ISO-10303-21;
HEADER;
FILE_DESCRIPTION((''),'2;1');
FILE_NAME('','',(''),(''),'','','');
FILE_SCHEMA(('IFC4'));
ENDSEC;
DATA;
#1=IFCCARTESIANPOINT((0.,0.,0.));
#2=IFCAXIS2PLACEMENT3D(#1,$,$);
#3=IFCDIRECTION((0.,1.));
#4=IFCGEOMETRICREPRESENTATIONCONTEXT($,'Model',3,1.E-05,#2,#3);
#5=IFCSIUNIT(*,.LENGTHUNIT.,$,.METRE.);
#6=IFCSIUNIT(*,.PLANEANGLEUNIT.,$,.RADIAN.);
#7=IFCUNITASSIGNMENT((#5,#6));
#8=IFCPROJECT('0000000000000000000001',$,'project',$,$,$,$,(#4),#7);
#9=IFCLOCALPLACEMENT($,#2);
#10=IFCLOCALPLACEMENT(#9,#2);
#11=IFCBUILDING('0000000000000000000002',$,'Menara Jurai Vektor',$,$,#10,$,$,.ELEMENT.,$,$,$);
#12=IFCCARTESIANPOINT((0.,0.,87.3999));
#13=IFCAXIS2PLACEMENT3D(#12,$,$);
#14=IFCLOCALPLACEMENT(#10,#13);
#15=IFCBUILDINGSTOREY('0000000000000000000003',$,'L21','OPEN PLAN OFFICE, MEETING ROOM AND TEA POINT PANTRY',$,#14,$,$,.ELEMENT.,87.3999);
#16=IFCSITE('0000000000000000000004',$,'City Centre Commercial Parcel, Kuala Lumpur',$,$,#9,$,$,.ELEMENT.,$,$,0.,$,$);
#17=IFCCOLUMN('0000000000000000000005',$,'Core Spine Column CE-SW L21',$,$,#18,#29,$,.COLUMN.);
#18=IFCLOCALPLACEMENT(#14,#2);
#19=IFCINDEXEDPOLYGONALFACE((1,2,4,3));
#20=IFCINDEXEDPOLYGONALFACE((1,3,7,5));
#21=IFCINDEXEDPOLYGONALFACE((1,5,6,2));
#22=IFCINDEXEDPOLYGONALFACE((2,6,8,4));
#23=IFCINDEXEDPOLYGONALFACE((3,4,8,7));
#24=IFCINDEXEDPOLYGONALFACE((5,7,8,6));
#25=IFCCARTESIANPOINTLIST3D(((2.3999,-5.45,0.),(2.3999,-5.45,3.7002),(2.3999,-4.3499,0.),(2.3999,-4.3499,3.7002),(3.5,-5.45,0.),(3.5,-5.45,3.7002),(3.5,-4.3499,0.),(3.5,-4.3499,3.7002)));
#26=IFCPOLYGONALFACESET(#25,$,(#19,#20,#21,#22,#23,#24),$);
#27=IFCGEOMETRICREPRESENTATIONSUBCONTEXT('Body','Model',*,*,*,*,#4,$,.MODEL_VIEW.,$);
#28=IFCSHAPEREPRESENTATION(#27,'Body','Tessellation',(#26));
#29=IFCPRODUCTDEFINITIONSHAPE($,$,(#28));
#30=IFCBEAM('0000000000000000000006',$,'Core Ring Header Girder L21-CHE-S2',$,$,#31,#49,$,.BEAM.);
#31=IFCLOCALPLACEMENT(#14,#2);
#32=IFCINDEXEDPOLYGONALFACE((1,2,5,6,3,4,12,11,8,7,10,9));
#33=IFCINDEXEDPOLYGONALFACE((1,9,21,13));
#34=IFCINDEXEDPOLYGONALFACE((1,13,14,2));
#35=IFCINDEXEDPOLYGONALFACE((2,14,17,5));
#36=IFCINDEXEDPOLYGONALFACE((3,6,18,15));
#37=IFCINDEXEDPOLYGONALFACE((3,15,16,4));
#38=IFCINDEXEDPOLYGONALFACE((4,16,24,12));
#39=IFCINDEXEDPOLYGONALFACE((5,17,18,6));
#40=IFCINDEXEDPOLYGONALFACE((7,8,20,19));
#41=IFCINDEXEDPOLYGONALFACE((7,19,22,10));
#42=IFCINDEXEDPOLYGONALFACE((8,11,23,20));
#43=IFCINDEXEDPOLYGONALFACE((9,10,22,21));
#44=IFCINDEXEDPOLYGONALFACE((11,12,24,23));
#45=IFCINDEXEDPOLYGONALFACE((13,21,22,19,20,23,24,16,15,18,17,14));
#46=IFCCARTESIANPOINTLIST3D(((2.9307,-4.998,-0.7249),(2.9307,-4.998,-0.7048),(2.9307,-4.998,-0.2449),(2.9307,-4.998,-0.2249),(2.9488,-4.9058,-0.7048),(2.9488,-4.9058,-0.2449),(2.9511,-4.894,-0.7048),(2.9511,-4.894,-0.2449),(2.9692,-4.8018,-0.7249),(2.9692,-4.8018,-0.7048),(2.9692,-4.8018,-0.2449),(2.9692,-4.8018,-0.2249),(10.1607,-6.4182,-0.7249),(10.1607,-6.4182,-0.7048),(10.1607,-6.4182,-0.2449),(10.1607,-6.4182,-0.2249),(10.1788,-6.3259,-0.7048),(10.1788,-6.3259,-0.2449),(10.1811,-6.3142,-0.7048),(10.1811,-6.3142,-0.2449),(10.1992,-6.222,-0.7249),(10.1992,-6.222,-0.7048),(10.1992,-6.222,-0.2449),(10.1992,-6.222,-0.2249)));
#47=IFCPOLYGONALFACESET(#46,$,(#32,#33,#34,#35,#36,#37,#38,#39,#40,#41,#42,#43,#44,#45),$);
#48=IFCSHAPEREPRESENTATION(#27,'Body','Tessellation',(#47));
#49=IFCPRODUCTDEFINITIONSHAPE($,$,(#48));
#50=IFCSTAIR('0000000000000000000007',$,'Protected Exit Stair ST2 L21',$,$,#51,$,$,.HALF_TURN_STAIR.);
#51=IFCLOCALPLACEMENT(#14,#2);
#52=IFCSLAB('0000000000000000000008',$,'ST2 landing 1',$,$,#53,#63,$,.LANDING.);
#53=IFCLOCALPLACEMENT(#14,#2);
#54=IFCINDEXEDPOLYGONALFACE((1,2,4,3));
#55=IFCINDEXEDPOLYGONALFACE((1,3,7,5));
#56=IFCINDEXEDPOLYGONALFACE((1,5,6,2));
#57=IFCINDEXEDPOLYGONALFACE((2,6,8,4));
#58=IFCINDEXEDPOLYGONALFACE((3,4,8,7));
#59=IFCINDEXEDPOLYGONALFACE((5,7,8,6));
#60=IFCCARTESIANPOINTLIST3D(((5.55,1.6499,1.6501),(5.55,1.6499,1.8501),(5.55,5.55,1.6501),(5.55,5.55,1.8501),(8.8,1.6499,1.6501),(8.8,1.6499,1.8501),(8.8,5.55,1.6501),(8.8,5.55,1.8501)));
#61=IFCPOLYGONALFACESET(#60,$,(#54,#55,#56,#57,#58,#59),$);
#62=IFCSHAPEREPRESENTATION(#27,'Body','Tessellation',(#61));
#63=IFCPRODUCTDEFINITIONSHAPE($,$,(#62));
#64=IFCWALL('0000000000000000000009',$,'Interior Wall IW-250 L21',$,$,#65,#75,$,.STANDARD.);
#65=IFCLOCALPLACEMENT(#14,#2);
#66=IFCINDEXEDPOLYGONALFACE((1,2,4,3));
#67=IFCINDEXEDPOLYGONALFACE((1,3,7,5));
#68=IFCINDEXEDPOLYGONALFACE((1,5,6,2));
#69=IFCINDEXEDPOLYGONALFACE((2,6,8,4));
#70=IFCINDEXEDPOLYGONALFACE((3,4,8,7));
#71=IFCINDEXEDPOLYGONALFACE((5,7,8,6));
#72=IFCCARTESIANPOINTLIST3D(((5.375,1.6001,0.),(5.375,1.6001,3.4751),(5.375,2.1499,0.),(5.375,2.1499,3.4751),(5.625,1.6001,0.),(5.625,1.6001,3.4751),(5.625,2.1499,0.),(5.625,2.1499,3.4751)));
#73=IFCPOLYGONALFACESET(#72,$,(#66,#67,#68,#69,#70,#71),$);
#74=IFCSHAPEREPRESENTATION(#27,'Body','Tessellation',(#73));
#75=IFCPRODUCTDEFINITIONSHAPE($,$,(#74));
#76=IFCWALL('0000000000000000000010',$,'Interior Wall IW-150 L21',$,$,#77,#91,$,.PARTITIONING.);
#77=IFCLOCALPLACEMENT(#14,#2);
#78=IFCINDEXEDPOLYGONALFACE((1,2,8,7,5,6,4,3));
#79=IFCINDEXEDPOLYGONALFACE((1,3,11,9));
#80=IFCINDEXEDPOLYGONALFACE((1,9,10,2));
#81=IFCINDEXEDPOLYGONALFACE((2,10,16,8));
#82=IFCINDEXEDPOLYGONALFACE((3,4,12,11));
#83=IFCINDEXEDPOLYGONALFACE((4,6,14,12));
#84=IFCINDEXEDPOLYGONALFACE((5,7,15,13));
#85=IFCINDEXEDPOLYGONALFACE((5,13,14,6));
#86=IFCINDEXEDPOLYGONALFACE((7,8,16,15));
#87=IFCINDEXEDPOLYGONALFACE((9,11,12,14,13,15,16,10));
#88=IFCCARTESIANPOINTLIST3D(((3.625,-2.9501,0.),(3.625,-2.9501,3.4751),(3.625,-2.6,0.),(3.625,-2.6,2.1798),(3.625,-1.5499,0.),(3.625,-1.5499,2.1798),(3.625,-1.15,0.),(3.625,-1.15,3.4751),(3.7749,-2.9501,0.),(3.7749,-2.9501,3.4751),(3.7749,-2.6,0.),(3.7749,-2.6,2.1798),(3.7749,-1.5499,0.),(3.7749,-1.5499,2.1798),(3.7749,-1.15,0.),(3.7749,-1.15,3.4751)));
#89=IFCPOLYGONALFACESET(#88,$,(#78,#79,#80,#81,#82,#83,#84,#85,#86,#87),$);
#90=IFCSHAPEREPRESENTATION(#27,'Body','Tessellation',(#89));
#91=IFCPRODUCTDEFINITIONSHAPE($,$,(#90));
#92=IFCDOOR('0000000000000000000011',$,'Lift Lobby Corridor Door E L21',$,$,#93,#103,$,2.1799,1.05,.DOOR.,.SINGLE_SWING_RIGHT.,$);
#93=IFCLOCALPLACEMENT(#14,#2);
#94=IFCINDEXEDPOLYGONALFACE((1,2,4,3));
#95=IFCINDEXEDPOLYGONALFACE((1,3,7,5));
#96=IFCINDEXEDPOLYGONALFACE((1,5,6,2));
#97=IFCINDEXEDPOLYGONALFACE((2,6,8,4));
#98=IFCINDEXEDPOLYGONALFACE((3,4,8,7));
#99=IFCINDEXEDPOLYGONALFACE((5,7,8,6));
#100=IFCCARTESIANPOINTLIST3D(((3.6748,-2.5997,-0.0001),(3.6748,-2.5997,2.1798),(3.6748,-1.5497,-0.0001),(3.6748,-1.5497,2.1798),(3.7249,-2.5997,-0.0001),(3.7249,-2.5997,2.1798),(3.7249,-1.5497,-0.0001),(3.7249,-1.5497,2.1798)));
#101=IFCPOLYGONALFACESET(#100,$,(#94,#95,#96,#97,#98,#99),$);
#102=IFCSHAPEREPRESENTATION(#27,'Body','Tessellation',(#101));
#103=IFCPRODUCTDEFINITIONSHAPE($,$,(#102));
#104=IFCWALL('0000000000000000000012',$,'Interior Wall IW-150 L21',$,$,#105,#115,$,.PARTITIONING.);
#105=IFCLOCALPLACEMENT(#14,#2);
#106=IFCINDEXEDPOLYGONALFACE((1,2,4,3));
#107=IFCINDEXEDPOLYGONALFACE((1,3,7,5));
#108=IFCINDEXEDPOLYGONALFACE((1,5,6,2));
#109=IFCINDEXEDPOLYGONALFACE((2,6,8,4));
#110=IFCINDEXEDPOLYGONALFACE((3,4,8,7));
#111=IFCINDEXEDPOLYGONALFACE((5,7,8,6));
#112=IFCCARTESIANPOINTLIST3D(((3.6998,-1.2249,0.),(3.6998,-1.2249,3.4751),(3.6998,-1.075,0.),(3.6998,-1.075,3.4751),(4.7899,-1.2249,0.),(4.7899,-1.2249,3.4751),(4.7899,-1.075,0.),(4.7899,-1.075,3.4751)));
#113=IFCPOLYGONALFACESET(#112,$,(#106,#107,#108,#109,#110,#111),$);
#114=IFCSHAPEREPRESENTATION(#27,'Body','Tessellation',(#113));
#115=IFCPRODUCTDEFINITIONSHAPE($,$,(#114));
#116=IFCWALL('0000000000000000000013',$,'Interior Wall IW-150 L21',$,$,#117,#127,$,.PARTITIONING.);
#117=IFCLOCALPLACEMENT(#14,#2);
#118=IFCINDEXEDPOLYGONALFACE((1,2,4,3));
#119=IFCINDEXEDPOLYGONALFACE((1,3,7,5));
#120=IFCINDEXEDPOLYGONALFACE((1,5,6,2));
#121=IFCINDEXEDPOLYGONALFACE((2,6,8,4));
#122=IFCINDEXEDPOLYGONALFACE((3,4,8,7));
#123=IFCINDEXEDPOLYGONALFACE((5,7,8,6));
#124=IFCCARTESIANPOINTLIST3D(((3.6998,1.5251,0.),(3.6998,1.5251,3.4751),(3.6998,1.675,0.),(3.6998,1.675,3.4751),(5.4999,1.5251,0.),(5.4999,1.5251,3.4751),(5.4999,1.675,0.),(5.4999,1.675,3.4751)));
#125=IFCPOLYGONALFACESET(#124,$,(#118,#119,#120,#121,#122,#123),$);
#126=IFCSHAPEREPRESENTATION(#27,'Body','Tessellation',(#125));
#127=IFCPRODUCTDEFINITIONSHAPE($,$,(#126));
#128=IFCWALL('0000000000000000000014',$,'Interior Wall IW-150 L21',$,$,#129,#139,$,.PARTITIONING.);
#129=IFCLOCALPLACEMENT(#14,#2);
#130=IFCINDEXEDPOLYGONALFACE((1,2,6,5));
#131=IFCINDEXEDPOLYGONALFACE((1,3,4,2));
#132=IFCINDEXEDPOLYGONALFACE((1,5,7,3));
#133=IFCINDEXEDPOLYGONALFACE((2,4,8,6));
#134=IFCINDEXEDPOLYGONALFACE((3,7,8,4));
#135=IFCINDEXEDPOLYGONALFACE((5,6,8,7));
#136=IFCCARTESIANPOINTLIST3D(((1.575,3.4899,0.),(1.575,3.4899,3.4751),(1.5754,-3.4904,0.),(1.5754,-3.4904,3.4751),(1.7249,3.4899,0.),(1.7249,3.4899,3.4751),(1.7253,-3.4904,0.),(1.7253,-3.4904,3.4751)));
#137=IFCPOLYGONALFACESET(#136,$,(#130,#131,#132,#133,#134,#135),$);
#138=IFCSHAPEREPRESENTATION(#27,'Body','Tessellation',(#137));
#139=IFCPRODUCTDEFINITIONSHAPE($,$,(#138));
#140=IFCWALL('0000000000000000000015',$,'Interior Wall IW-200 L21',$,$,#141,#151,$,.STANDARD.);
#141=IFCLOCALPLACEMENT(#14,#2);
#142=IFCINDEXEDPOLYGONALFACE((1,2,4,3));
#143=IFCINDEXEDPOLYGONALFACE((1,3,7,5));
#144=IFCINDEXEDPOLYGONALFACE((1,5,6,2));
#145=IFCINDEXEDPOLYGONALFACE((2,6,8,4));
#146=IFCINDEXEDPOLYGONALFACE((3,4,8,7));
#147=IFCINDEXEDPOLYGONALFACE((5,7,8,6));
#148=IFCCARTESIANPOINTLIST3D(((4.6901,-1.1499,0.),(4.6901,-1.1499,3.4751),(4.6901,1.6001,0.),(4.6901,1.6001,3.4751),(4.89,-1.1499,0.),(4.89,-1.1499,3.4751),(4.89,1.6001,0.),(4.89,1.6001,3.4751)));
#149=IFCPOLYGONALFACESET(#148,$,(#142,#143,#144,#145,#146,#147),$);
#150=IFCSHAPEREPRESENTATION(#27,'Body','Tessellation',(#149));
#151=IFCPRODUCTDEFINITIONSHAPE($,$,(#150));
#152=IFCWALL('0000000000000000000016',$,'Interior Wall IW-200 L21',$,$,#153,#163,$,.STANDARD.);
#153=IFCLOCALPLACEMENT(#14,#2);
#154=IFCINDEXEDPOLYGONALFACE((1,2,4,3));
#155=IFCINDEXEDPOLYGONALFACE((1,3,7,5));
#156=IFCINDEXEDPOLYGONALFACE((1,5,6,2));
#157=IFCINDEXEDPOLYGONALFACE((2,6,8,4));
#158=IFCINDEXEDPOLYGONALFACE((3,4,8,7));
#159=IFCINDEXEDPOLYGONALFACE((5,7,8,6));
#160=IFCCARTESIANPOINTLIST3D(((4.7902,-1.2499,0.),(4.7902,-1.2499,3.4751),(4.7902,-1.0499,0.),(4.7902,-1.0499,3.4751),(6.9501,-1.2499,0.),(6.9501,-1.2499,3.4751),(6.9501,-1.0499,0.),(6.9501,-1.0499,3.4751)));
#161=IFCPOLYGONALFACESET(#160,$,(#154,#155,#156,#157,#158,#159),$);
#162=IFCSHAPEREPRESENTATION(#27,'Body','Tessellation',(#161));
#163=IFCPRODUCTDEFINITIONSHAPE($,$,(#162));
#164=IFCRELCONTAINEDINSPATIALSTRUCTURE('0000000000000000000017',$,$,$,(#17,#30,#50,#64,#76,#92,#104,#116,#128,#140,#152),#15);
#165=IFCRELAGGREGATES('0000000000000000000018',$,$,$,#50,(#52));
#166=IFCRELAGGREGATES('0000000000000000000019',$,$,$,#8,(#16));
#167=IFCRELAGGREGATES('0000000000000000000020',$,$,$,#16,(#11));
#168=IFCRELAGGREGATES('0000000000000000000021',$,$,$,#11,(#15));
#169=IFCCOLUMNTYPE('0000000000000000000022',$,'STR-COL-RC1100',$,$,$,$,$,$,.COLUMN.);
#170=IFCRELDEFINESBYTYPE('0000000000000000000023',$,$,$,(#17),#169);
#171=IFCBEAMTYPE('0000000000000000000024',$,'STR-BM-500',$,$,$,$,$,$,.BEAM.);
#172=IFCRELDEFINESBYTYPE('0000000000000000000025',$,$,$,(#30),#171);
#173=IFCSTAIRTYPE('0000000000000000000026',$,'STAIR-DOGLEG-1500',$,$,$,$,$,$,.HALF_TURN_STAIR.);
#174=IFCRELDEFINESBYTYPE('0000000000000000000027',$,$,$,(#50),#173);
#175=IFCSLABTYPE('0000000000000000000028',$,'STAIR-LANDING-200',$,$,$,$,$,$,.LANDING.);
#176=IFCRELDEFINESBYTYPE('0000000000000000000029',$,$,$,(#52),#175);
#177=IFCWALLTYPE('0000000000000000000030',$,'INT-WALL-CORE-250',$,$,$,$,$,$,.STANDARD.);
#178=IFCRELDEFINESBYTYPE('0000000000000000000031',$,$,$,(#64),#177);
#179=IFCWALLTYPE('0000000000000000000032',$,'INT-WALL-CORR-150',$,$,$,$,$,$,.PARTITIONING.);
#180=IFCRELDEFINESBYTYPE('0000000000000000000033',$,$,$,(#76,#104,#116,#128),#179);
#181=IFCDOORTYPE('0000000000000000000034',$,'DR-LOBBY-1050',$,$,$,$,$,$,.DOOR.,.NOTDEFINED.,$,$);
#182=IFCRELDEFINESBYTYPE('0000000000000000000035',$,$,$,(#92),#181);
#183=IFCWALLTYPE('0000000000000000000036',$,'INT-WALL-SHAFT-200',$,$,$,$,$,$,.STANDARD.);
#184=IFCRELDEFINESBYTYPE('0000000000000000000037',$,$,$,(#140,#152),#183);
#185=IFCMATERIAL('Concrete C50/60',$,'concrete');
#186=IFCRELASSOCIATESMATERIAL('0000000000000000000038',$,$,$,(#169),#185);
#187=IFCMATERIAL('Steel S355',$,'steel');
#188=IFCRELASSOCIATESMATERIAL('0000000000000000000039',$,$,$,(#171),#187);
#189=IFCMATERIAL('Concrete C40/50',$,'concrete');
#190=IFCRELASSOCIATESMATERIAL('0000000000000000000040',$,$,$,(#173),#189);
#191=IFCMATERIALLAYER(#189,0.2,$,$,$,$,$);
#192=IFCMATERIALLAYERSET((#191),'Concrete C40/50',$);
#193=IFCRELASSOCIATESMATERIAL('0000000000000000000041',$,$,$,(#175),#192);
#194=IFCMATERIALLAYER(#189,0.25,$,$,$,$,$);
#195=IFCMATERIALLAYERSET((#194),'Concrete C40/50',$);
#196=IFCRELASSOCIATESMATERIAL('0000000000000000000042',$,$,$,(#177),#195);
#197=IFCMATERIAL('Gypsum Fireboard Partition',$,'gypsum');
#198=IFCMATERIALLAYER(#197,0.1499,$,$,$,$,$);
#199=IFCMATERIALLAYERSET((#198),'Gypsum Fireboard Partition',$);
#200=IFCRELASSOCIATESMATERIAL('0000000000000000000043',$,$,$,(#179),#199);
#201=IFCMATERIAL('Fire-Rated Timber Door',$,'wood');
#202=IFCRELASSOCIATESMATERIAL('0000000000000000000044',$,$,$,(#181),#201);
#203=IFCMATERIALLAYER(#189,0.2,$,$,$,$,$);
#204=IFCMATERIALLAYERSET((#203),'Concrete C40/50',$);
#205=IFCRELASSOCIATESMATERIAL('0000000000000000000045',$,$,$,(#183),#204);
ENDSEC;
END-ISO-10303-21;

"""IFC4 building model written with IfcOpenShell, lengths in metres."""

from ifc_helpers import new_model, si_unit, direction, frame, frame_2d, origin, origin_2d, place, context, subcontext, project, spatial, polyline, rectangle, i_section, outline, extrude, material, layer, layer_set, material_profile, profile_set, type_object, element, fill, aggregate, save


model = new_model("IFC4")

# Units and contexts
model_context = context("Model", 3, precision=1e-05, world=origin(), true_north=direction((0.0, 1.0)))
body_context = subcontext(model_context, "Body", "Model", "MODEL_VIEW")
ifc_project = project(units=[si_unit("LENGTHUNIT", "METRE"), si_unit("PLANEANGLEUNIT", "RADIAN")], contexts=[model_context])

# Site, building, storey
site_placement = place(None, origin())
site = spatial("IfcSite", under=ifc_project, at=site_placement, Name="City Centre Commercial Parcel, Kuala Lumpur", CompositionType="ELEMENT", RefElevation=0.0)
building_placement = place(site_placement, origin())
building = spatial("IfcBuilding", under=site, at=building_placement, Name="Menara Jurai Vektor", CompositionType="ELEMENT")
storey_placement = place(building_placement, frame((0.0, 0.0, 87.3999)))
storey = spatial("IfcBuildingStorey", under=building, at=storey_placement, Name="L21", Description="OPEN PLAN OFFICE, MEETING ROOM AND TEA POINT PANTRY", CompositionType="ELEMENT", Elevation=87.3999)

# Column
ifc_material_1 = material(Name="Concrete C50/60", Category="concrete")
ifc_material_profile_1 = material_profile(ifc_material_1, rectangle(XDim=1.1001, YDim=1.1001, at=origin_2d()), Name="RC 1100x1100")
ifc_profile_set_1 = profile_set([ifc_material_profile_1], Name="Concrete C50/60")
column_type = type_object("IfcColumnType", Name="STR-COL-RC1100", PredefinedType="COLUMN", material=ifc_profile_set_1)
column_placement = place(storey_placement, frame((2.95, -4.8999, 0.0), z_axis=(0.0, 0.0, 1.0), x_axis=(1.0, 0.0, 0.0)))
element("IfcColumn", 1, at=column_placement, inside=storey, type_object=column_type, Name="Core Spine Column CE-SW L21", PredefinedType="COLUMN", context=body_context, shape_type="SweptSolid", body=[
    extrude(rectangle(XDim=1.1001, YDim=1.1001, at=origin_2d()), origin(), (0.0, 0.0, 1.0), 3.7002),
])

# Beam
ifc_material_2 = material(Name="Steel S355", Category="steel")
ifc_material_profile_2 = material_profile(ifc_material_2, i_section(OverallWidth=0.2, OverallDepth=0.5, WebThickness=0.012, FlangeThickness=0.02, at=origin_2d()), Name="PG 500x200x96")
ifc_profile_set_2 = profile_set([ifc_material_profile_2], Name="Steel S355")
beam_type = type_object("IfcBeamType", Name="STR-BM-500", PredefinedType="BEAM", material=ifc_profile_set_2)
beam_placement = place(storey_placement, frame((2.95, -4.8999, -0.4749), z_axis=(0.981249, -0.192744, 0.0), x_axis=(0.192744, 0.981249, 0.0)))
element("IfcBeam", 2, at=beam_placement, inside=storey, type_object=beam_type, Name="Core Ring Header Girder L21-CHE-S2", PredefinedType="BEAM", context=body_context, shape_type="SweptSolid", body=[
    extrude(i_section(OverallWidth=0.2, OverallDepth=0.5, WebThickness=0.012, FlangeThickness=0.02, at=origin_2d()), origin(), (0.0, 0.0, 1.0), 7.3682),
])

# Stair, slab
ifc_material_3 = material(Name="Concrete C40/50", Category="concrete")
stair_type = type_object("IfcStairType", Name="STAIR-DOGLEG-1500", PredefinedType="HALF_TURN_STAIR", material=ifc_material_3)
stair_placement = place(storey_placement, origin())
stair = element("IfcStair", 3, at=stair_placement, inside=storey, type_object=stair_type, Name="Protected Exit Stair ST2 L21", PredefinedType="HALF_TURN_STAIR")
ifc_layer_1 = layer(ifc_material_3, 0.2)
ifc_layer_set_1 = layer_set([ifc_layer_1], Name="Concrete C40/50")
slab_type = type_object("IfcSlabType", Name="STAIR-LANDING-200", PredefinedType="LANDING", material=ifc_layer_set_1)
slab_placement = place(storey_placement, frame((0.0, 0.0, 1.6501)))
slab = element("IfcSlab", 4, at=slab_placement, type_object=slab_type, Name="ST2 landing 1", PredefinedType="LANDING", context=body_context, shape_type="SweptSolid", body=[
    extrude(outline(polyline([(5.55, 1.6499), (8.8, 1.6499), (8.8, 5.55), (5.55, 5.55), (5.55, 1.6499)])), origin(), (0.0, 0.0, 1.0), 0.2),
])
aggregate(stair, [slab])

# Wall
ifc_layer_2 = layer(ifc_material_3, 0.25)
ifc_layer_set_2 = layer_set([ifc_layer_2], Name="Concrete C40/50")
wall_type_1 = type_object("IfcWallType", Name="INT-WALL-CORE-250", PredefinedType="STANDARD", material=ifc_layer_set_2)
wall_1_placement = place(storey_placement, frame((5.5, 1.6001, 0.0), z_axis=(0.0, 0.0, 1.0), x_axis=(0.0, 1.0, 0.0)))
element("IfcWall", 5, at=wall_1_placement, inside=storey, type_object=wall_type_1, Name="Interior Wall IW-250 L21", PredefinedType="STANDARD", context=body_context, shape_type="SweptSolid", body=[
    extrude(rectangle(XDim=0.5498, YDim=0.25, at=frame_2d((0.2749, 0.0))), origin(), (0.0, 0.0, 1.0), 3.4751),
])

# Wall, opening, door
ifc_material_4 = material(Name="Gypsum Fireboard Partition", Category="gypsum")
ifc_layer_3 = layer(ifc_material_4, 0.1499)
ifc_layer_set_3 = layer_set([ifc_layer_3], Name="Gypsum Fireboard Partition")
wall_type_2 = type_object("IfcWallType", Name="INT-WALL-CORR-150", PredefinedType="PARTITIONING", material=ifc_layer_set_3)
wall_2_placement = place(storey_placement, frame((3.7, -2.95, 0.0), z_axis=(0.0, 0.0, 1.0), x_axis=(0.0, 1.0, 0.0)))
wall_2 = element("IfcWall", 6, at=wall_2_placement, inside=storey, type_object=wall_type_2, Name="Interior Wall IW-150 L21", PredefinedType="PARTITIONING", context=body_context, shape_type="SweptSolid", body=[
    extrude(rectangle(XDim=1.8, YDim=0.1499, at=frame_2d((0.8999, 0.0))), origin(), (0.0, 0.0, 1.0), 3.4751),
])
opening_1_placement = place(wall_2_placement, frame((0.3501, 0.0, 0.0)))
opening_1 = element("IfcOpeningElement", 7, at=opening_1_placement, cuts=wall_2, PredefinedType="OPENING", context=body_context, shape_type="SweptSolid", body=[
    extrude(rectangle(XDim=1.05, YDim=2.1799, at=frame_2d((0.5249, 1.0898))), frame((0.0, 0.085, 0.0), z_axis=(0.0, -1.0, 0.0), x_axis=(1.0, 0.0, 0.0)), (0.0, 0.0, 1.0), 0.1699),
])
ifc_material_5 = material(Name="Fire-Rated Timber Door", Category="wood")
door_type_1 = type_object("IfcDoorType", Name="DR-LOBBY-1050", OperationType="NOTDEFINED", PredefinedType="DOOR", material=ifc_material_5)
door_1_placement = place(opening_1_placement, frame((1.05, 0.0, 0.0), z_axis=(0.0, 0.0, 1.0), x_axis=(-1.0, 0.0, 0.0)))
door_1 = element("IfcDoor", 8, at=door_1_placement, inside=storey, type_object=door_type_1, Name="Lift Lobby Corridor Door E L21", OperationType="SINGLE_SWING_RIGHT", OverallHeight=2.1799, OverallWidth=1.05, PredefinedType="DOOR", context=body_context, shape_type="SweptSolid", body=[
    extrude(rectangle(XDim=1.05, YDim=2.1799, at=frame_2d((0.5249, 1.0898))), frame((0.0, 0.0249, 0.0), z_axis=(0.0, -1.0, 0.0), x_axis=(1.0, 0.0, 0.0)), (0.0, 0.0, 1.0), 0.05),
])
fill(opening_1, door_1)

# Walls
wall_3_placement = place(storey_placement, frame((3.7, -1.1499, 0.0), z_axis=(0.0, 0.0, 1.0), x_axis=(1.0, 0.0, 0.0)))
element("IfcWall", 9, at=wall_3_placement, inside=storey, type_object=wall_type_2, Name="Interior Wall IW-150 L21", PredefinedType="PARTITIONING", context=body_context, shape_type="SweptSolid", body=[
    extrude(rectangle(XDim=1.0901, YDim=0.1499, at=frame_2d((0.5449, 0.0))), origin(), (0.0, 0.0, 1.0), 3.4751),
])
wall_4_placement = place(storey_placement, frame((3.7, 1.6001, 0.0), z_axis=(0.0, 0.0, 1.0), x_axis=(1.0, 0.0, 0.0)))
element("IfcWall", 10, at=wall_4_placement, inside=storey, type_object=wall_type_2, Name="Interior Wall IW-150 L21", PredefinedType="PARTITIONING", context=body_context, shape_type="SweptSolid", body=[
    extrude(rectangle(XDim=1.8, YDim=0.1499, at=frame_2d((0.8999, 0.0))), origin(), (0.0, 0.0, 1.0), 3.4751),
])
wall_5_placement = place(storey_placement, frame((1.6504, -3.4905, 0.0), z_axis=(0.0, 0.0, 1.0), x_axis=(-0.00007, 1.0, 0.0)))
element("IfcWall", 11, at=wall_5_placement, inside=storey, type_object=wall_type_2, Name="Interior Wall IW-150 L21", PredefinedType="PARTITIONING", context=body_context, shape_type="SweptSolid", body=[
    extrude(rectangle(XDim=6.9802, YDim=0.1499, at=frame_2d((3.4902, 0.0))), origin(), (0.0, 0.0, 1.0), 3.4751),
])

# Shared definitions
ifc_layer_4 = layer(ifc_material_3, 0.2)
ifc_layer_set_4 = layer_set([ifc_layer_4], Name="Concrete C40/50")
wall_type_3 = type_object("IfcWallType", Name="INT-WALL-SHAFT-200", PredefinedType="STANDARD", material=ifc_layer_set_4)

# Walls
wall_6_placement = place(storey_placement, frame((4.79, -1.1499, 0.0), z_axis=(0.0, 0.0, 1.0), x_axis=(0.0, 1.0, 0.0)))
element("IfcWall", 12, at=wall_6_placement, inside=storey, type_object=wall_type_3, Name="Interior Wall IW-200 L21", PredefinedType="STANDARD", context=body_context, shape_type="SweptSolid", body=[
    extrude(rectangle(XDim=2.75, YDim=0.2, at=frame_2d((1.375, 0.0))), origin(), (0.0, 0.0, 1.0), 3.4751),
])
wall_7_placement = place(storey_placement, frame((4.79, -1.1499, 0.0), z_axis=(0.0, 0.0, 1.0), x_axis=(1.0, 0.0, 0.0)))
element("IfcWall", 13, at=wall_7_placement, inside=storey, type_object=wall_type_3, Name="Interior Wall IW-200 L21", PredefinedType="STANDARD", context=body_context, shape_type="SweptSolid", body=[
    extrude(rectangle(XDim=2.1599, YDim=0.2, at=frame_2d((1.0801, 0.0))), origin(), (0.0, 0.0, 1.0), 3.4751),
])

save(model, "model.ifc")
